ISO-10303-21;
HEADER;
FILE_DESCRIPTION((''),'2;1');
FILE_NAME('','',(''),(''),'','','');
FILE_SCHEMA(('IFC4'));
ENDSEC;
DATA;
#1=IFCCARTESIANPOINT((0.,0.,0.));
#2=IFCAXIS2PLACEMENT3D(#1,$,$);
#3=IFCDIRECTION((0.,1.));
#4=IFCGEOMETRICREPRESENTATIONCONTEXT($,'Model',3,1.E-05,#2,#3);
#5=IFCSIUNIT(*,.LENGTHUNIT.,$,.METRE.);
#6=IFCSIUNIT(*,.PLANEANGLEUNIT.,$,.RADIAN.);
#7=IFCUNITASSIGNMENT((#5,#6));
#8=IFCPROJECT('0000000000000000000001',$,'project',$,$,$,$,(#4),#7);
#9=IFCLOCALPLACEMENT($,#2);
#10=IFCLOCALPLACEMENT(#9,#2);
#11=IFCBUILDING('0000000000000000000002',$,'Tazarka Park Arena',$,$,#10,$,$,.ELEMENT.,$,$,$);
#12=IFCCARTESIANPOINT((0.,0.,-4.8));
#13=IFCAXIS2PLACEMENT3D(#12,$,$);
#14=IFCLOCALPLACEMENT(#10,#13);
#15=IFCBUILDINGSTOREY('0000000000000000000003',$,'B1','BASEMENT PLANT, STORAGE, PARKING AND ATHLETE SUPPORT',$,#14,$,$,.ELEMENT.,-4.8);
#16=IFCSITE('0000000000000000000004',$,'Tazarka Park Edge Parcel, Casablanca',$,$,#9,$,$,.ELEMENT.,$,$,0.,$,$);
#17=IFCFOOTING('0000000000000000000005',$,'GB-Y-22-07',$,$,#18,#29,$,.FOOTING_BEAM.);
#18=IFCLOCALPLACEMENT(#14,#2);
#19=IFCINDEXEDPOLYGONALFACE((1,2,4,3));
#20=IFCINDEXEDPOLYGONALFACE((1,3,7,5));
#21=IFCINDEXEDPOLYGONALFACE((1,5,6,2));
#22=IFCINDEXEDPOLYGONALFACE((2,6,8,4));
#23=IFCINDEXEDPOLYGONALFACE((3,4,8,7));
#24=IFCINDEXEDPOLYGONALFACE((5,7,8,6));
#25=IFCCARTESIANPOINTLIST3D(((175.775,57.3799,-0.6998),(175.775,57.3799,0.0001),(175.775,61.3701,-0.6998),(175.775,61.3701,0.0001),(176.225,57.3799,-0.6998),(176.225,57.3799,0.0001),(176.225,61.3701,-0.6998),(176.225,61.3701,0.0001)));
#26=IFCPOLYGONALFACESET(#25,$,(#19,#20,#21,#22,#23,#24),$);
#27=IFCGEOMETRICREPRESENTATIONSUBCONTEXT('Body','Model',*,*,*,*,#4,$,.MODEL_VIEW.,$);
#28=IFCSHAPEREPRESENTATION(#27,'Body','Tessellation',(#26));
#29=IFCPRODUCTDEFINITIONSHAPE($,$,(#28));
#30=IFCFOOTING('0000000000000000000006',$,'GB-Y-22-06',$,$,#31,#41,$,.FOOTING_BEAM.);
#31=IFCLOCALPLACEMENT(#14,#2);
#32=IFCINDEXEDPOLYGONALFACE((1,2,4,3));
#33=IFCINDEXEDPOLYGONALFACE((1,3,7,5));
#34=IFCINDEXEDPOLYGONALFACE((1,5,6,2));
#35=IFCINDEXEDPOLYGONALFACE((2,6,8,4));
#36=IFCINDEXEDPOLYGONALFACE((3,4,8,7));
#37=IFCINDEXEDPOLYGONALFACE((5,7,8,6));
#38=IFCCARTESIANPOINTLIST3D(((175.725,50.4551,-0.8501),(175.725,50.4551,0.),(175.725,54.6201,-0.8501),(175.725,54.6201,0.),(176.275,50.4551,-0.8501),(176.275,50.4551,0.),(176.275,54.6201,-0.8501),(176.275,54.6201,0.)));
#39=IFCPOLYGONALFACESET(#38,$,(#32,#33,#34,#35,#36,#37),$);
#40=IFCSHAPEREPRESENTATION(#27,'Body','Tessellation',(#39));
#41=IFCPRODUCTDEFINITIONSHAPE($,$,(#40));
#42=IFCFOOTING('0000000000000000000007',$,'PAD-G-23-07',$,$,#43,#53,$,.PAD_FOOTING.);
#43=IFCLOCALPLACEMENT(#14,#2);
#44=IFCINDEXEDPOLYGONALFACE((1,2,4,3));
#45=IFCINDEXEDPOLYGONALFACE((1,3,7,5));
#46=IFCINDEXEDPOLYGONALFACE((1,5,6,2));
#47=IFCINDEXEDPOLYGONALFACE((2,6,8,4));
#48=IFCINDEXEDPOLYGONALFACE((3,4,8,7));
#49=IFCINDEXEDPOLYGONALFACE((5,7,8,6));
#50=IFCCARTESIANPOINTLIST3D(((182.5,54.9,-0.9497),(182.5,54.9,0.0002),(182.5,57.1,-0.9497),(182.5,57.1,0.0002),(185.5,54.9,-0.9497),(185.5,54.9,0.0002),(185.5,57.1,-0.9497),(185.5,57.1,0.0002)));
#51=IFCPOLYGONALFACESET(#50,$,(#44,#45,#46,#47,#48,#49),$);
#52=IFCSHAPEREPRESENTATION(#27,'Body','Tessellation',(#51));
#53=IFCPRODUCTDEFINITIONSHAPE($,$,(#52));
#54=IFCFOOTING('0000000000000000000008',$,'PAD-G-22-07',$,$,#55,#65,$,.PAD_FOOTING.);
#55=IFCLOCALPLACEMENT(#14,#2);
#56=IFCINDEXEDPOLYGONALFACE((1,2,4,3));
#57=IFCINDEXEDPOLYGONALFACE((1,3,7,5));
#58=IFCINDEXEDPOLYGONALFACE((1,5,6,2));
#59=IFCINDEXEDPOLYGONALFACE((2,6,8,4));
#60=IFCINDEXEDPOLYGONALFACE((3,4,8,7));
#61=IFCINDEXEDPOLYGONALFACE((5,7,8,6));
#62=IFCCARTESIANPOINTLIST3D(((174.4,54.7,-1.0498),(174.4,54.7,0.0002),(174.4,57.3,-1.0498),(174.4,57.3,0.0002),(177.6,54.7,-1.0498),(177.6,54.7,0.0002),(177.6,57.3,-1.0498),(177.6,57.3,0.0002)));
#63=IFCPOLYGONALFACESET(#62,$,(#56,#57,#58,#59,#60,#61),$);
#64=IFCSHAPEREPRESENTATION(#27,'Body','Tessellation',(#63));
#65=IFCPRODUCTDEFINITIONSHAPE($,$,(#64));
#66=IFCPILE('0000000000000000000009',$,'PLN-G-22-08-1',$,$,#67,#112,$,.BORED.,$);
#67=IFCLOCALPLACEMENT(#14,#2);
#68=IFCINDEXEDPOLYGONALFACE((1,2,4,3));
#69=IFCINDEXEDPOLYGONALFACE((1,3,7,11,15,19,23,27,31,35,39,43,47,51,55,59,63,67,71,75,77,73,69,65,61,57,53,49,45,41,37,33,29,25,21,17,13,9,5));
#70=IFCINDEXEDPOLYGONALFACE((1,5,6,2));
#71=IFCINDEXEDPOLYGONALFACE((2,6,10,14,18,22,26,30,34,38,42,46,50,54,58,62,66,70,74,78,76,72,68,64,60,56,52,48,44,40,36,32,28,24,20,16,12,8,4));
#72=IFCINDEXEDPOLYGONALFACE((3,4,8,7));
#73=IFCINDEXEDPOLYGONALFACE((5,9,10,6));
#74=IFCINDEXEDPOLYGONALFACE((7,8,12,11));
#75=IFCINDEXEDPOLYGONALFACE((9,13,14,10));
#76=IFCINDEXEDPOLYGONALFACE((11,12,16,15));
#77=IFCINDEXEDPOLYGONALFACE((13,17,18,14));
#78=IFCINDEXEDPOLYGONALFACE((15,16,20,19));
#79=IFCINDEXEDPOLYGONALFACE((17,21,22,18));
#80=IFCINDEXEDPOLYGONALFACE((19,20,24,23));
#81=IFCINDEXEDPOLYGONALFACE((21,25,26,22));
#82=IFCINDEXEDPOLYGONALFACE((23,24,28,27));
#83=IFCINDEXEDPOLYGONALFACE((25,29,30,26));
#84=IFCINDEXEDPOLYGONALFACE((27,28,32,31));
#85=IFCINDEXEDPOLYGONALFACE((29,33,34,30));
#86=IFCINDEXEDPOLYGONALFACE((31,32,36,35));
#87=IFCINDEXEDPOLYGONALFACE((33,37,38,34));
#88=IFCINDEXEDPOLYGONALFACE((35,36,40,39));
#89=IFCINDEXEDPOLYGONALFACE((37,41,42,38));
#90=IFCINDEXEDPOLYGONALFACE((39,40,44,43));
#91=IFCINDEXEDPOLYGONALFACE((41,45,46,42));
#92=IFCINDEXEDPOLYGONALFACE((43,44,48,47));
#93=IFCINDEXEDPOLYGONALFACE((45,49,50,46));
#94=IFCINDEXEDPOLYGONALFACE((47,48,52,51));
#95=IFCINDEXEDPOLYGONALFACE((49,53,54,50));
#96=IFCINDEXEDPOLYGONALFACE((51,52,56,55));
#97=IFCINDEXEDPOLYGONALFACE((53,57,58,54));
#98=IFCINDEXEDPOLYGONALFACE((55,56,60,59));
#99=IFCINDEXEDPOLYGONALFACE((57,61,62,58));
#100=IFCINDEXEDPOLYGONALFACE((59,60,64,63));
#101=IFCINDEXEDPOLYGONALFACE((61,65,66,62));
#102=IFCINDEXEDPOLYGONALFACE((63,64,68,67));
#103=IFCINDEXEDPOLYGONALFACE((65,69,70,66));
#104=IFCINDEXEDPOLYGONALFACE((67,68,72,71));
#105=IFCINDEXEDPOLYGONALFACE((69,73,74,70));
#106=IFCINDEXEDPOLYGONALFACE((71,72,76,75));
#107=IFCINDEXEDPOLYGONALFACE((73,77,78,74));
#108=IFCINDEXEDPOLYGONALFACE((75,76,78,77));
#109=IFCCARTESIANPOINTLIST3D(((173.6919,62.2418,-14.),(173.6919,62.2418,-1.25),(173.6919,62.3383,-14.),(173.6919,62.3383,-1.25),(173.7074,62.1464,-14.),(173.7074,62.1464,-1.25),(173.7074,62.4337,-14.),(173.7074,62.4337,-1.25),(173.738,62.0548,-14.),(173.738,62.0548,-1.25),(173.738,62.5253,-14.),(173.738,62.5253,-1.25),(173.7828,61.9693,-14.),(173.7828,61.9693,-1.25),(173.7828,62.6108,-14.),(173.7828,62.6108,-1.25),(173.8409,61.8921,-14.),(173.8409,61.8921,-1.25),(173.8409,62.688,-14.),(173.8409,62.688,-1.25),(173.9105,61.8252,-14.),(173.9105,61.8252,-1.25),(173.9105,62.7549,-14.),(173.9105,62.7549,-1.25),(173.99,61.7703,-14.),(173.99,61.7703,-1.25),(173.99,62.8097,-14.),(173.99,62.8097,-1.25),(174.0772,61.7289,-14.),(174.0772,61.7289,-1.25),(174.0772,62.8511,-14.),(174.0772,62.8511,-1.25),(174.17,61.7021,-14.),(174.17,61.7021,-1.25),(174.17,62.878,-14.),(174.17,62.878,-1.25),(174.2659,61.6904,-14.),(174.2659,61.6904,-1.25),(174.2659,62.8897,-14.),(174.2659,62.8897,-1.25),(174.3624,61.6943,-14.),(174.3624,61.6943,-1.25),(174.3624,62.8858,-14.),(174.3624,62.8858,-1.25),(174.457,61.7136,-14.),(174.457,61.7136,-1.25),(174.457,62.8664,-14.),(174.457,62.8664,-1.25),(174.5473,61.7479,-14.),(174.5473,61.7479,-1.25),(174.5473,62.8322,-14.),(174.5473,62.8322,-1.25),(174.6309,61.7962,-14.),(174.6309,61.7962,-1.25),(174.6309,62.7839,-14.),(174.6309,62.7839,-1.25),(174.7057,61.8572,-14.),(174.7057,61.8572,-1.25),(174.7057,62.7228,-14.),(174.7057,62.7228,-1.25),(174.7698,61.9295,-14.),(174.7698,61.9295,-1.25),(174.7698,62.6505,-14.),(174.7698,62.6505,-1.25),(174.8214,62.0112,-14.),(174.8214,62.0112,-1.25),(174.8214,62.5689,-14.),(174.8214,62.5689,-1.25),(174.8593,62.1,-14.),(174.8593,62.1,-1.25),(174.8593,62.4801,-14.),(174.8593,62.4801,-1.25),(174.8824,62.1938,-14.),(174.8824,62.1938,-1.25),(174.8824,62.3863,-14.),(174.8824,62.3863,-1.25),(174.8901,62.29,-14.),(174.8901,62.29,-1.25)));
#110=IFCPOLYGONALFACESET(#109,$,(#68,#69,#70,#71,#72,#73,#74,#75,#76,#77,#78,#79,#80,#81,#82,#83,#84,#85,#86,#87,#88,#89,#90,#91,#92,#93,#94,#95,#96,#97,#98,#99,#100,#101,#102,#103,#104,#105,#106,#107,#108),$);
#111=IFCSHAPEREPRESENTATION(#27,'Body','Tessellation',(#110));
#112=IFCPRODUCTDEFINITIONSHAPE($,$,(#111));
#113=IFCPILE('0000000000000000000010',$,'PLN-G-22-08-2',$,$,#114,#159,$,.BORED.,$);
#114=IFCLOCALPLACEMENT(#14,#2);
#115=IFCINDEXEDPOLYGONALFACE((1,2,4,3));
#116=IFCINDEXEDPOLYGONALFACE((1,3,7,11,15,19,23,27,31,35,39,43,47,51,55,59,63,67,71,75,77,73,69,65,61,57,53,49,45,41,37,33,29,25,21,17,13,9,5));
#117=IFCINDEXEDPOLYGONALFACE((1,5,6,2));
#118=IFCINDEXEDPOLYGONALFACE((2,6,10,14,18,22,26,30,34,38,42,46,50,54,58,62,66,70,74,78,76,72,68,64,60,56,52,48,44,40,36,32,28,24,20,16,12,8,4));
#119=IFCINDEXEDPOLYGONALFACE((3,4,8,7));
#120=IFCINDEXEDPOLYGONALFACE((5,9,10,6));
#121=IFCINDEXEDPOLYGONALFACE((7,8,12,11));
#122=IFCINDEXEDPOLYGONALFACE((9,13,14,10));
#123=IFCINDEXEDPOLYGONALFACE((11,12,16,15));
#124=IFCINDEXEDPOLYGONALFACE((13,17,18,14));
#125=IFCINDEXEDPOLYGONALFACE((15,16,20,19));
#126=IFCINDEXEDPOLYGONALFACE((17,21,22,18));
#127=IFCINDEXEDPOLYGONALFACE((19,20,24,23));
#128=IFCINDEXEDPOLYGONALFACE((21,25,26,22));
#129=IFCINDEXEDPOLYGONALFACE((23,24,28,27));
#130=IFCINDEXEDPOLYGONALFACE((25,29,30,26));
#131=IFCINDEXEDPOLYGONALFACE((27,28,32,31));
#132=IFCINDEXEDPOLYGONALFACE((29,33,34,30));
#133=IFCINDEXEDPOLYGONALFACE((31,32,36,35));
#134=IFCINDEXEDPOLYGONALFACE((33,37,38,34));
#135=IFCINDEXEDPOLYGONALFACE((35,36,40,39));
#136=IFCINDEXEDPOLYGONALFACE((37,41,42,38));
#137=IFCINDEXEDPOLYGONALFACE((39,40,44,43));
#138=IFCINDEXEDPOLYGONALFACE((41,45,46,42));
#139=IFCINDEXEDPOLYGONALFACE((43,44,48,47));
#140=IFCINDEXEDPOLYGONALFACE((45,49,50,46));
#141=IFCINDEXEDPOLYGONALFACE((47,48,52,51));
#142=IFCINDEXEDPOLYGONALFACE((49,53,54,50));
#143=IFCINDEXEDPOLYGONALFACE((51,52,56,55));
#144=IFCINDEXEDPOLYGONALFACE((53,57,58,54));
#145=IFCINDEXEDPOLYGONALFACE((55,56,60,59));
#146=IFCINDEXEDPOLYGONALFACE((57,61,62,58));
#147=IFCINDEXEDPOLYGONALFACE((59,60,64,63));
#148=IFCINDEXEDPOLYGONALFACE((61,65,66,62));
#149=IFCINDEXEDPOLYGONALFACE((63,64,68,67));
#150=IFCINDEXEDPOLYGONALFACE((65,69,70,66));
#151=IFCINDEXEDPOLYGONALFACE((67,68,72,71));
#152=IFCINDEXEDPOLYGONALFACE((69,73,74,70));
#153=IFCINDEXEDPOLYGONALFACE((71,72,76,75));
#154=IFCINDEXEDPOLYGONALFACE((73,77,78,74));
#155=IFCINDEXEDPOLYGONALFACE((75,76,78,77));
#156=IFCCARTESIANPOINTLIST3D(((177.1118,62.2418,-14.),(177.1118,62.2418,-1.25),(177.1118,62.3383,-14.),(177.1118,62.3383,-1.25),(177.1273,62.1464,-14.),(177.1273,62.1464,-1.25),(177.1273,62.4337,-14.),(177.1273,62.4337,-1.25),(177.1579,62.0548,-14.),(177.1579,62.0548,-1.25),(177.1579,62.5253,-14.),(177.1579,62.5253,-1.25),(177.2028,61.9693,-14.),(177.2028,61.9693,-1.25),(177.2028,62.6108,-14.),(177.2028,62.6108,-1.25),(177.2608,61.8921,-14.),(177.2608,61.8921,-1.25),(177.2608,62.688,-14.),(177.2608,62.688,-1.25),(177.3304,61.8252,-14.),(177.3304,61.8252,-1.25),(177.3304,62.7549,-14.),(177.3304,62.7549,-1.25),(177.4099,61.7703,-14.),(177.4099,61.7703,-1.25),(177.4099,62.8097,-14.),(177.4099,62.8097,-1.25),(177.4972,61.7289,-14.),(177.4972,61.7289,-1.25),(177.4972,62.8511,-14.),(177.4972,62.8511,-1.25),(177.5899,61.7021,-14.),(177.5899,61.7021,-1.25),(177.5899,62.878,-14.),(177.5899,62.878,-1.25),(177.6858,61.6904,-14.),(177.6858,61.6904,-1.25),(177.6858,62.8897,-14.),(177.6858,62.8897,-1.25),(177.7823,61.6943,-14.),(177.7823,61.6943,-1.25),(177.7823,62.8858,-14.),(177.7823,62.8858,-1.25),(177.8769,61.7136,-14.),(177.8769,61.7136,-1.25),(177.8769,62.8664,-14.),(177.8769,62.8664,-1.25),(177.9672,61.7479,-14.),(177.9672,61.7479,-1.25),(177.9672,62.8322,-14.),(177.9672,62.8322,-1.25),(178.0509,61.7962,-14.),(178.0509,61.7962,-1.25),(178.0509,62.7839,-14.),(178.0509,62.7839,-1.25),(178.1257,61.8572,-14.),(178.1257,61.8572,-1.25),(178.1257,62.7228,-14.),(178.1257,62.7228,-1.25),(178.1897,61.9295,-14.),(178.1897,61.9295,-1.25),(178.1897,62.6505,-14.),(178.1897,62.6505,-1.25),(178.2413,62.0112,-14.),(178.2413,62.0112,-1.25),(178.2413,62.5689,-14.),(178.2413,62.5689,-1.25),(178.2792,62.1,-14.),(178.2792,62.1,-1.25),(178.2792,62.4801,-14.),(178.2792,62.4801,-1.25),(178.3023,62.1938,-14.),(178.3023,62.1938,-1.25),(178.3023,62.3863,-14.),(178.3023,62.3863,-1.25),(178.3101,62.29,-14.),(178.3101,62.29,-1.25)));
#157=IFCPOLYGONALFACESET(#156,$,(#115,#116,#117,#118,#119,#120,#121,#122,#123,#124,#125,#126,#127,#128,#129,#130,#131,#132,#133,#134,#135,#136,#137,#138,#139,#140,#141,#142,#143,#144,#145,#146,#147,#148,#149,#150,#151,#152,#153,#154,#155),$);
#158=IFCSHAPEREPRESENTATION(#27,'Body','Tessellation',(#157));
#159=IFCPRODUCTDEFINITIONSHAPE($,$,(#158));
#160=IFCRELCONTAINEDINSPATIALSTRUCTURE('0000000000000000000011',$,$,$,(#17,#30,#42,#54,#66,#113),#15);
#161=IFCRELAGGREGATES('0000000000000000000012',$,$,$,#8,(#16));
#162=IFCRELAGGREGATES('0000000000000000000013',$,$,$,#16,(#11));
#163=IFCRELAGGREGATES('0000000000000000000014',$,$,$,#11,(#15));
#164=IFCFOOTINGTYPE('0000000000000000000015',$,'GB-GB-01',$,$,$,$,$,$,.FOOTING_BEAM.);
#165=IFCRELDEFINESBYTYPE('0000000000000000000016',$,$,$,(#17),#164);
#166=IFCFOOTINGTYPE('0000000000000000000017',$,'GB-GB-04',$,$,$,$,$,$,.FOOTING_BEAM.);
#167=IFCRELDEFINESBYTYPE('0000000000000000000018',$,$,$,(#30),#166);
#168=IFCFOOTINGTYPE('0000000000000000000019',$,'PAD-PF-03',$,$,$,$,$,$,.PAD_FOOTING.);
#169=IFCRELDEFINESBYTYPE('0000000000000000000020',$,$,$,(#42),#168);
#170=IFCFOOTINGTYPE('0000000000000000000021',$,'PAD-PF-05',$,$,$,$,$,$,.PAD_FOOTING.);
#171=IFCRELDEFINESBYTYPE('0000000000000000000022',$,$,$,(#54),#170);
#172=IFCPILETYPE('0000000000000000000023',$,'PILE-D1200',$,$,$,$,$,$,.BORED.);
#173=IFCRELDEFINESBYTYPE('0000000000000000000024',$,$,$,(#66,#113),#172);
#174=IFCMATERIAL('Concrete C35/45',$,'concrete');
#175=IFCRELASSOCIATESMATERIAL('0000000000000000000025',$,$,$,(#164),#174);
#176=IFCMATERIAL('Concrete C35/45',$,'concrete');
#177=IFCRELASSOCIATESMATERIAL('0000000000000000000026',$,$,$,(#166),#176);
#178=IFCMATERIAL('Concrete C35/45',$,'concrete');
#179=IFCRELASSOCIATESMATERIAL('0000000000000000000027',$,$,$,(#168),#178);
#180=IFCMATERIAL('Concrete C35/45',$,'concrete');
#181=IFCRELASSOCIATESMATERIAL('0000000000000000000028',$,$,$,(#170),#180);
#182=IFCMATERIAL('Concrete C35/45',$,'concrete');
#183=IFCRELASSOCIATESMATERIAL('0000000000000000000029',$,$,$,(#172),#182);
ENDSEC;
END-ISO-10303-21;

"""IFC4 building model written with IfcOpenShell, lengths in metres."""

from ifc_helpers import new_model, si_unit, direction, frame, origin, origin_2d, place, context, subcontext, project, spatial, rectangle, circle, extrude, material, material_profile, profile_set, type_object, element, save


model = new_model("IFC4")

# Units and contexts
model_context = context("Model", 3, precision=1e-05, world=origin(), true_north=direction((0.0, 1.0)))
body_context = subcontext(model_context, "Body", "Model", "MODEL_VIEW")
ifc_project = project(units=[si_unit("LENGTHUNIT", "METRE"), si_unit("PLANEANGLEUNIT", "RADIAN")], contexts=[model_context])

# Site, building, storey
site_placement = place(None, origin())
site = spatial("IfcSite", under=ifc_project, at=site_placement, Name="Tazarka Park Edge Parcel, Casablanca", CompositionType="ELEMENT", RefElevation=0.0)
building_placement = place(site_placement, origin())
building = spatial("IfcBuilding", under=site, at=building_placement, Name="Tazarka Park Arena", CompositionType="ELEMENT")
storey_placement = place(building_placement, frame((0.0, 0.0, -4.8)))
storey = spatial("IfcBuildingStorey", under=building, at=storey_placement, Name="B1", Description="BASEMENT PLANT, STORAGE, PARKING AND ATHLETE SUPPORT", CompositionType="ELEMENT", Elevation=-4.8)

# Footings
ifc_material_1 = material(Name="Concrete C35/45", Category="concrete")
ifc_material_profile_1 = material_profile(ifc_material_1, rectangle(XDim=0.45, YDim=0.7, at=origin_2d()), Name="Concrete C35/45")
ifc_profile_set_1 = profile_set([ifc_material_profile_1], Name="Concrete C35/45")
footing_type_1 = type_object("IfcFootingType", Name="GB-GB-01", PredefinedType="FOOTING_BEAM", material=ifc_profile_set_1)
footing_1_placement = place(storey_placement, frame((176.0, 57.3799, -0.3499), z_axis=(0.0, 1.0, 0.0), x_axis=(-1.0, 0.0, 0.0)))
element("IfcFooting", 1, at=footing_1_placement, inside=storey, type_object=footing_type_1, Name="GB-Y-22-07", PredefinedType="FOOTING_BEAM", context=body_context, shape_type="SweptSolid", body=[
    extrude(rectangle(XDim=0.45, YDim=0.7, at=origin_2d()), origin(), (0.0, 0.0, 1.0), 3.9902),
])
ifc_material_2 = material(Name="Concrete C35/45", Category="concrete")
ifc_material_profile_2 = material_profile(ifc_material_2, rectangle(XDim=0.55, YDim=0.8501, at=origin_2d()), Name="Concrete C35/45")
ifc_profile_set_2 = profile_set([ifc_material_profile_2], Name="Concrete C35/45")
footing_type_2 = type_object("IfcFootingType", Name="GB-GB-04", PredefinedType="FOOTING_BEAM", material=ifc_profile_set_2)
footing_2_placement = place(storey_placement, frame((176.0, 50.4551, -0.425), z_axis=(0.0, 1.0, 0.0), x_axis=(-1.0, 0.0, 0.0)))
element("IfcFooting", 2, at=footing_2_placement, inside=storey, type_object=footing_type_2, Name="GB-Y-22-06", PredefinedType="FOOTING_BEAM", context=body_context, shape_type="SweptSolid", body=[
    extrude(rectangle(XDim=0.55, YDim=0.8501, at=origin_2d()), origin(), (0.0, 0.0, 1.0), 4.165),
])
ifc_material_3 = material(Name="Concrete C35/45", Category="concrete")
footing_type_3 = type_object("IfcFootingType", Name="PAD-PF-03", PredefinedType="PAD_FOOTING", material=ifc_material_3)
footing_3_placement = place(storey_placement, frame((184.0, 56.0, -0.9497), z_axis=(0.0, 0.0, 1.0), x_axis=(1.0, 0.0, 0.0)))
element("IfcFooting", 3, at=footing_3_placement, inside=storey, type_object=footing_type_3, Name="PAD-G-23-07", PredefinedType="PAD_FOOTING", context=body_context, shape_type="SweptSolid", body=[
    extrude(rectangle(XDim=3.0, YDim=2.2, at=origin_2d()), origin(), (0.0, 0.0, 1.0), 0.95),
])
ifc_material_4 = material(Name="Concrete C35/45", Category="concrete")
footing_type_4 = type_object("IfcFootingType", Name="PAD-PF-05", PredefinedType="PAD_FOOTING", material=ifc_material_4)
footing_4_placement = place(storey_placement, frame((176.0, 56.0, -1.0498), z_axis=(0.0, 0.0, 1.0), x_axis=(1.0, 0.0, 0.0)))
element("IfcFooting", 4, at=footing_4_placement, inside=storey, type_object=footing_type_4, Name="PAD-G-22-07", PredefinedType="PAD_FOOTING", context=body_context, shape_type="SweptSolid", body=[
    extrude(rectangle(XDim=3.2, YDim=2.6001, at=origin_2d()), origin(), (0.0, 0.0, 1.0), 1.05),
])

# Piles
ifc_material_5 = material(Name="Concrete C35/45", Category="concrete")
ifc_material_profile_3 = material_profile(ifc_material_5, circle(Radius=0.6001, at=origin_2d()), Name="Concrete C35/45")
ifc_profile_set_3 = profile_set([ifc_material_profile_3], Name="Concrete C35/45")
pile_type_1 = type_object("IfcPileType", Name="PILE-D1200", PredefinedType="BORED", material=ifc_profile_set_3)
for number, where, z_axis, x_axis, name in (
    (5, (174.29, 62.29, -1.25), (0.0, 0.0, -1.0), (1.0, 0.0, 0.0), "PLN-G-22-08-1"),
    (6, (177.71, 62.29, -1.25), (0.0, 0.0, -1.0), (1.0, 0.0, 0.0), "PLN-G-22-08-2"),
):
    element("IfcPile", number, at=place(storey_placement, frame(where, z_axis=z_axis, x_axis=x_axis)), inside=storey, type_object=pile_type_1, Name=name, PredefinedType="BORED", context=body_context, shape_type="SweptSolid", body=[
        extrude(circle(Radius=0.6001, at=origin_2d()), origin(), (0.0, 0.0, 1.0), 12.75),
    ])

save(model, "model.ifc")
